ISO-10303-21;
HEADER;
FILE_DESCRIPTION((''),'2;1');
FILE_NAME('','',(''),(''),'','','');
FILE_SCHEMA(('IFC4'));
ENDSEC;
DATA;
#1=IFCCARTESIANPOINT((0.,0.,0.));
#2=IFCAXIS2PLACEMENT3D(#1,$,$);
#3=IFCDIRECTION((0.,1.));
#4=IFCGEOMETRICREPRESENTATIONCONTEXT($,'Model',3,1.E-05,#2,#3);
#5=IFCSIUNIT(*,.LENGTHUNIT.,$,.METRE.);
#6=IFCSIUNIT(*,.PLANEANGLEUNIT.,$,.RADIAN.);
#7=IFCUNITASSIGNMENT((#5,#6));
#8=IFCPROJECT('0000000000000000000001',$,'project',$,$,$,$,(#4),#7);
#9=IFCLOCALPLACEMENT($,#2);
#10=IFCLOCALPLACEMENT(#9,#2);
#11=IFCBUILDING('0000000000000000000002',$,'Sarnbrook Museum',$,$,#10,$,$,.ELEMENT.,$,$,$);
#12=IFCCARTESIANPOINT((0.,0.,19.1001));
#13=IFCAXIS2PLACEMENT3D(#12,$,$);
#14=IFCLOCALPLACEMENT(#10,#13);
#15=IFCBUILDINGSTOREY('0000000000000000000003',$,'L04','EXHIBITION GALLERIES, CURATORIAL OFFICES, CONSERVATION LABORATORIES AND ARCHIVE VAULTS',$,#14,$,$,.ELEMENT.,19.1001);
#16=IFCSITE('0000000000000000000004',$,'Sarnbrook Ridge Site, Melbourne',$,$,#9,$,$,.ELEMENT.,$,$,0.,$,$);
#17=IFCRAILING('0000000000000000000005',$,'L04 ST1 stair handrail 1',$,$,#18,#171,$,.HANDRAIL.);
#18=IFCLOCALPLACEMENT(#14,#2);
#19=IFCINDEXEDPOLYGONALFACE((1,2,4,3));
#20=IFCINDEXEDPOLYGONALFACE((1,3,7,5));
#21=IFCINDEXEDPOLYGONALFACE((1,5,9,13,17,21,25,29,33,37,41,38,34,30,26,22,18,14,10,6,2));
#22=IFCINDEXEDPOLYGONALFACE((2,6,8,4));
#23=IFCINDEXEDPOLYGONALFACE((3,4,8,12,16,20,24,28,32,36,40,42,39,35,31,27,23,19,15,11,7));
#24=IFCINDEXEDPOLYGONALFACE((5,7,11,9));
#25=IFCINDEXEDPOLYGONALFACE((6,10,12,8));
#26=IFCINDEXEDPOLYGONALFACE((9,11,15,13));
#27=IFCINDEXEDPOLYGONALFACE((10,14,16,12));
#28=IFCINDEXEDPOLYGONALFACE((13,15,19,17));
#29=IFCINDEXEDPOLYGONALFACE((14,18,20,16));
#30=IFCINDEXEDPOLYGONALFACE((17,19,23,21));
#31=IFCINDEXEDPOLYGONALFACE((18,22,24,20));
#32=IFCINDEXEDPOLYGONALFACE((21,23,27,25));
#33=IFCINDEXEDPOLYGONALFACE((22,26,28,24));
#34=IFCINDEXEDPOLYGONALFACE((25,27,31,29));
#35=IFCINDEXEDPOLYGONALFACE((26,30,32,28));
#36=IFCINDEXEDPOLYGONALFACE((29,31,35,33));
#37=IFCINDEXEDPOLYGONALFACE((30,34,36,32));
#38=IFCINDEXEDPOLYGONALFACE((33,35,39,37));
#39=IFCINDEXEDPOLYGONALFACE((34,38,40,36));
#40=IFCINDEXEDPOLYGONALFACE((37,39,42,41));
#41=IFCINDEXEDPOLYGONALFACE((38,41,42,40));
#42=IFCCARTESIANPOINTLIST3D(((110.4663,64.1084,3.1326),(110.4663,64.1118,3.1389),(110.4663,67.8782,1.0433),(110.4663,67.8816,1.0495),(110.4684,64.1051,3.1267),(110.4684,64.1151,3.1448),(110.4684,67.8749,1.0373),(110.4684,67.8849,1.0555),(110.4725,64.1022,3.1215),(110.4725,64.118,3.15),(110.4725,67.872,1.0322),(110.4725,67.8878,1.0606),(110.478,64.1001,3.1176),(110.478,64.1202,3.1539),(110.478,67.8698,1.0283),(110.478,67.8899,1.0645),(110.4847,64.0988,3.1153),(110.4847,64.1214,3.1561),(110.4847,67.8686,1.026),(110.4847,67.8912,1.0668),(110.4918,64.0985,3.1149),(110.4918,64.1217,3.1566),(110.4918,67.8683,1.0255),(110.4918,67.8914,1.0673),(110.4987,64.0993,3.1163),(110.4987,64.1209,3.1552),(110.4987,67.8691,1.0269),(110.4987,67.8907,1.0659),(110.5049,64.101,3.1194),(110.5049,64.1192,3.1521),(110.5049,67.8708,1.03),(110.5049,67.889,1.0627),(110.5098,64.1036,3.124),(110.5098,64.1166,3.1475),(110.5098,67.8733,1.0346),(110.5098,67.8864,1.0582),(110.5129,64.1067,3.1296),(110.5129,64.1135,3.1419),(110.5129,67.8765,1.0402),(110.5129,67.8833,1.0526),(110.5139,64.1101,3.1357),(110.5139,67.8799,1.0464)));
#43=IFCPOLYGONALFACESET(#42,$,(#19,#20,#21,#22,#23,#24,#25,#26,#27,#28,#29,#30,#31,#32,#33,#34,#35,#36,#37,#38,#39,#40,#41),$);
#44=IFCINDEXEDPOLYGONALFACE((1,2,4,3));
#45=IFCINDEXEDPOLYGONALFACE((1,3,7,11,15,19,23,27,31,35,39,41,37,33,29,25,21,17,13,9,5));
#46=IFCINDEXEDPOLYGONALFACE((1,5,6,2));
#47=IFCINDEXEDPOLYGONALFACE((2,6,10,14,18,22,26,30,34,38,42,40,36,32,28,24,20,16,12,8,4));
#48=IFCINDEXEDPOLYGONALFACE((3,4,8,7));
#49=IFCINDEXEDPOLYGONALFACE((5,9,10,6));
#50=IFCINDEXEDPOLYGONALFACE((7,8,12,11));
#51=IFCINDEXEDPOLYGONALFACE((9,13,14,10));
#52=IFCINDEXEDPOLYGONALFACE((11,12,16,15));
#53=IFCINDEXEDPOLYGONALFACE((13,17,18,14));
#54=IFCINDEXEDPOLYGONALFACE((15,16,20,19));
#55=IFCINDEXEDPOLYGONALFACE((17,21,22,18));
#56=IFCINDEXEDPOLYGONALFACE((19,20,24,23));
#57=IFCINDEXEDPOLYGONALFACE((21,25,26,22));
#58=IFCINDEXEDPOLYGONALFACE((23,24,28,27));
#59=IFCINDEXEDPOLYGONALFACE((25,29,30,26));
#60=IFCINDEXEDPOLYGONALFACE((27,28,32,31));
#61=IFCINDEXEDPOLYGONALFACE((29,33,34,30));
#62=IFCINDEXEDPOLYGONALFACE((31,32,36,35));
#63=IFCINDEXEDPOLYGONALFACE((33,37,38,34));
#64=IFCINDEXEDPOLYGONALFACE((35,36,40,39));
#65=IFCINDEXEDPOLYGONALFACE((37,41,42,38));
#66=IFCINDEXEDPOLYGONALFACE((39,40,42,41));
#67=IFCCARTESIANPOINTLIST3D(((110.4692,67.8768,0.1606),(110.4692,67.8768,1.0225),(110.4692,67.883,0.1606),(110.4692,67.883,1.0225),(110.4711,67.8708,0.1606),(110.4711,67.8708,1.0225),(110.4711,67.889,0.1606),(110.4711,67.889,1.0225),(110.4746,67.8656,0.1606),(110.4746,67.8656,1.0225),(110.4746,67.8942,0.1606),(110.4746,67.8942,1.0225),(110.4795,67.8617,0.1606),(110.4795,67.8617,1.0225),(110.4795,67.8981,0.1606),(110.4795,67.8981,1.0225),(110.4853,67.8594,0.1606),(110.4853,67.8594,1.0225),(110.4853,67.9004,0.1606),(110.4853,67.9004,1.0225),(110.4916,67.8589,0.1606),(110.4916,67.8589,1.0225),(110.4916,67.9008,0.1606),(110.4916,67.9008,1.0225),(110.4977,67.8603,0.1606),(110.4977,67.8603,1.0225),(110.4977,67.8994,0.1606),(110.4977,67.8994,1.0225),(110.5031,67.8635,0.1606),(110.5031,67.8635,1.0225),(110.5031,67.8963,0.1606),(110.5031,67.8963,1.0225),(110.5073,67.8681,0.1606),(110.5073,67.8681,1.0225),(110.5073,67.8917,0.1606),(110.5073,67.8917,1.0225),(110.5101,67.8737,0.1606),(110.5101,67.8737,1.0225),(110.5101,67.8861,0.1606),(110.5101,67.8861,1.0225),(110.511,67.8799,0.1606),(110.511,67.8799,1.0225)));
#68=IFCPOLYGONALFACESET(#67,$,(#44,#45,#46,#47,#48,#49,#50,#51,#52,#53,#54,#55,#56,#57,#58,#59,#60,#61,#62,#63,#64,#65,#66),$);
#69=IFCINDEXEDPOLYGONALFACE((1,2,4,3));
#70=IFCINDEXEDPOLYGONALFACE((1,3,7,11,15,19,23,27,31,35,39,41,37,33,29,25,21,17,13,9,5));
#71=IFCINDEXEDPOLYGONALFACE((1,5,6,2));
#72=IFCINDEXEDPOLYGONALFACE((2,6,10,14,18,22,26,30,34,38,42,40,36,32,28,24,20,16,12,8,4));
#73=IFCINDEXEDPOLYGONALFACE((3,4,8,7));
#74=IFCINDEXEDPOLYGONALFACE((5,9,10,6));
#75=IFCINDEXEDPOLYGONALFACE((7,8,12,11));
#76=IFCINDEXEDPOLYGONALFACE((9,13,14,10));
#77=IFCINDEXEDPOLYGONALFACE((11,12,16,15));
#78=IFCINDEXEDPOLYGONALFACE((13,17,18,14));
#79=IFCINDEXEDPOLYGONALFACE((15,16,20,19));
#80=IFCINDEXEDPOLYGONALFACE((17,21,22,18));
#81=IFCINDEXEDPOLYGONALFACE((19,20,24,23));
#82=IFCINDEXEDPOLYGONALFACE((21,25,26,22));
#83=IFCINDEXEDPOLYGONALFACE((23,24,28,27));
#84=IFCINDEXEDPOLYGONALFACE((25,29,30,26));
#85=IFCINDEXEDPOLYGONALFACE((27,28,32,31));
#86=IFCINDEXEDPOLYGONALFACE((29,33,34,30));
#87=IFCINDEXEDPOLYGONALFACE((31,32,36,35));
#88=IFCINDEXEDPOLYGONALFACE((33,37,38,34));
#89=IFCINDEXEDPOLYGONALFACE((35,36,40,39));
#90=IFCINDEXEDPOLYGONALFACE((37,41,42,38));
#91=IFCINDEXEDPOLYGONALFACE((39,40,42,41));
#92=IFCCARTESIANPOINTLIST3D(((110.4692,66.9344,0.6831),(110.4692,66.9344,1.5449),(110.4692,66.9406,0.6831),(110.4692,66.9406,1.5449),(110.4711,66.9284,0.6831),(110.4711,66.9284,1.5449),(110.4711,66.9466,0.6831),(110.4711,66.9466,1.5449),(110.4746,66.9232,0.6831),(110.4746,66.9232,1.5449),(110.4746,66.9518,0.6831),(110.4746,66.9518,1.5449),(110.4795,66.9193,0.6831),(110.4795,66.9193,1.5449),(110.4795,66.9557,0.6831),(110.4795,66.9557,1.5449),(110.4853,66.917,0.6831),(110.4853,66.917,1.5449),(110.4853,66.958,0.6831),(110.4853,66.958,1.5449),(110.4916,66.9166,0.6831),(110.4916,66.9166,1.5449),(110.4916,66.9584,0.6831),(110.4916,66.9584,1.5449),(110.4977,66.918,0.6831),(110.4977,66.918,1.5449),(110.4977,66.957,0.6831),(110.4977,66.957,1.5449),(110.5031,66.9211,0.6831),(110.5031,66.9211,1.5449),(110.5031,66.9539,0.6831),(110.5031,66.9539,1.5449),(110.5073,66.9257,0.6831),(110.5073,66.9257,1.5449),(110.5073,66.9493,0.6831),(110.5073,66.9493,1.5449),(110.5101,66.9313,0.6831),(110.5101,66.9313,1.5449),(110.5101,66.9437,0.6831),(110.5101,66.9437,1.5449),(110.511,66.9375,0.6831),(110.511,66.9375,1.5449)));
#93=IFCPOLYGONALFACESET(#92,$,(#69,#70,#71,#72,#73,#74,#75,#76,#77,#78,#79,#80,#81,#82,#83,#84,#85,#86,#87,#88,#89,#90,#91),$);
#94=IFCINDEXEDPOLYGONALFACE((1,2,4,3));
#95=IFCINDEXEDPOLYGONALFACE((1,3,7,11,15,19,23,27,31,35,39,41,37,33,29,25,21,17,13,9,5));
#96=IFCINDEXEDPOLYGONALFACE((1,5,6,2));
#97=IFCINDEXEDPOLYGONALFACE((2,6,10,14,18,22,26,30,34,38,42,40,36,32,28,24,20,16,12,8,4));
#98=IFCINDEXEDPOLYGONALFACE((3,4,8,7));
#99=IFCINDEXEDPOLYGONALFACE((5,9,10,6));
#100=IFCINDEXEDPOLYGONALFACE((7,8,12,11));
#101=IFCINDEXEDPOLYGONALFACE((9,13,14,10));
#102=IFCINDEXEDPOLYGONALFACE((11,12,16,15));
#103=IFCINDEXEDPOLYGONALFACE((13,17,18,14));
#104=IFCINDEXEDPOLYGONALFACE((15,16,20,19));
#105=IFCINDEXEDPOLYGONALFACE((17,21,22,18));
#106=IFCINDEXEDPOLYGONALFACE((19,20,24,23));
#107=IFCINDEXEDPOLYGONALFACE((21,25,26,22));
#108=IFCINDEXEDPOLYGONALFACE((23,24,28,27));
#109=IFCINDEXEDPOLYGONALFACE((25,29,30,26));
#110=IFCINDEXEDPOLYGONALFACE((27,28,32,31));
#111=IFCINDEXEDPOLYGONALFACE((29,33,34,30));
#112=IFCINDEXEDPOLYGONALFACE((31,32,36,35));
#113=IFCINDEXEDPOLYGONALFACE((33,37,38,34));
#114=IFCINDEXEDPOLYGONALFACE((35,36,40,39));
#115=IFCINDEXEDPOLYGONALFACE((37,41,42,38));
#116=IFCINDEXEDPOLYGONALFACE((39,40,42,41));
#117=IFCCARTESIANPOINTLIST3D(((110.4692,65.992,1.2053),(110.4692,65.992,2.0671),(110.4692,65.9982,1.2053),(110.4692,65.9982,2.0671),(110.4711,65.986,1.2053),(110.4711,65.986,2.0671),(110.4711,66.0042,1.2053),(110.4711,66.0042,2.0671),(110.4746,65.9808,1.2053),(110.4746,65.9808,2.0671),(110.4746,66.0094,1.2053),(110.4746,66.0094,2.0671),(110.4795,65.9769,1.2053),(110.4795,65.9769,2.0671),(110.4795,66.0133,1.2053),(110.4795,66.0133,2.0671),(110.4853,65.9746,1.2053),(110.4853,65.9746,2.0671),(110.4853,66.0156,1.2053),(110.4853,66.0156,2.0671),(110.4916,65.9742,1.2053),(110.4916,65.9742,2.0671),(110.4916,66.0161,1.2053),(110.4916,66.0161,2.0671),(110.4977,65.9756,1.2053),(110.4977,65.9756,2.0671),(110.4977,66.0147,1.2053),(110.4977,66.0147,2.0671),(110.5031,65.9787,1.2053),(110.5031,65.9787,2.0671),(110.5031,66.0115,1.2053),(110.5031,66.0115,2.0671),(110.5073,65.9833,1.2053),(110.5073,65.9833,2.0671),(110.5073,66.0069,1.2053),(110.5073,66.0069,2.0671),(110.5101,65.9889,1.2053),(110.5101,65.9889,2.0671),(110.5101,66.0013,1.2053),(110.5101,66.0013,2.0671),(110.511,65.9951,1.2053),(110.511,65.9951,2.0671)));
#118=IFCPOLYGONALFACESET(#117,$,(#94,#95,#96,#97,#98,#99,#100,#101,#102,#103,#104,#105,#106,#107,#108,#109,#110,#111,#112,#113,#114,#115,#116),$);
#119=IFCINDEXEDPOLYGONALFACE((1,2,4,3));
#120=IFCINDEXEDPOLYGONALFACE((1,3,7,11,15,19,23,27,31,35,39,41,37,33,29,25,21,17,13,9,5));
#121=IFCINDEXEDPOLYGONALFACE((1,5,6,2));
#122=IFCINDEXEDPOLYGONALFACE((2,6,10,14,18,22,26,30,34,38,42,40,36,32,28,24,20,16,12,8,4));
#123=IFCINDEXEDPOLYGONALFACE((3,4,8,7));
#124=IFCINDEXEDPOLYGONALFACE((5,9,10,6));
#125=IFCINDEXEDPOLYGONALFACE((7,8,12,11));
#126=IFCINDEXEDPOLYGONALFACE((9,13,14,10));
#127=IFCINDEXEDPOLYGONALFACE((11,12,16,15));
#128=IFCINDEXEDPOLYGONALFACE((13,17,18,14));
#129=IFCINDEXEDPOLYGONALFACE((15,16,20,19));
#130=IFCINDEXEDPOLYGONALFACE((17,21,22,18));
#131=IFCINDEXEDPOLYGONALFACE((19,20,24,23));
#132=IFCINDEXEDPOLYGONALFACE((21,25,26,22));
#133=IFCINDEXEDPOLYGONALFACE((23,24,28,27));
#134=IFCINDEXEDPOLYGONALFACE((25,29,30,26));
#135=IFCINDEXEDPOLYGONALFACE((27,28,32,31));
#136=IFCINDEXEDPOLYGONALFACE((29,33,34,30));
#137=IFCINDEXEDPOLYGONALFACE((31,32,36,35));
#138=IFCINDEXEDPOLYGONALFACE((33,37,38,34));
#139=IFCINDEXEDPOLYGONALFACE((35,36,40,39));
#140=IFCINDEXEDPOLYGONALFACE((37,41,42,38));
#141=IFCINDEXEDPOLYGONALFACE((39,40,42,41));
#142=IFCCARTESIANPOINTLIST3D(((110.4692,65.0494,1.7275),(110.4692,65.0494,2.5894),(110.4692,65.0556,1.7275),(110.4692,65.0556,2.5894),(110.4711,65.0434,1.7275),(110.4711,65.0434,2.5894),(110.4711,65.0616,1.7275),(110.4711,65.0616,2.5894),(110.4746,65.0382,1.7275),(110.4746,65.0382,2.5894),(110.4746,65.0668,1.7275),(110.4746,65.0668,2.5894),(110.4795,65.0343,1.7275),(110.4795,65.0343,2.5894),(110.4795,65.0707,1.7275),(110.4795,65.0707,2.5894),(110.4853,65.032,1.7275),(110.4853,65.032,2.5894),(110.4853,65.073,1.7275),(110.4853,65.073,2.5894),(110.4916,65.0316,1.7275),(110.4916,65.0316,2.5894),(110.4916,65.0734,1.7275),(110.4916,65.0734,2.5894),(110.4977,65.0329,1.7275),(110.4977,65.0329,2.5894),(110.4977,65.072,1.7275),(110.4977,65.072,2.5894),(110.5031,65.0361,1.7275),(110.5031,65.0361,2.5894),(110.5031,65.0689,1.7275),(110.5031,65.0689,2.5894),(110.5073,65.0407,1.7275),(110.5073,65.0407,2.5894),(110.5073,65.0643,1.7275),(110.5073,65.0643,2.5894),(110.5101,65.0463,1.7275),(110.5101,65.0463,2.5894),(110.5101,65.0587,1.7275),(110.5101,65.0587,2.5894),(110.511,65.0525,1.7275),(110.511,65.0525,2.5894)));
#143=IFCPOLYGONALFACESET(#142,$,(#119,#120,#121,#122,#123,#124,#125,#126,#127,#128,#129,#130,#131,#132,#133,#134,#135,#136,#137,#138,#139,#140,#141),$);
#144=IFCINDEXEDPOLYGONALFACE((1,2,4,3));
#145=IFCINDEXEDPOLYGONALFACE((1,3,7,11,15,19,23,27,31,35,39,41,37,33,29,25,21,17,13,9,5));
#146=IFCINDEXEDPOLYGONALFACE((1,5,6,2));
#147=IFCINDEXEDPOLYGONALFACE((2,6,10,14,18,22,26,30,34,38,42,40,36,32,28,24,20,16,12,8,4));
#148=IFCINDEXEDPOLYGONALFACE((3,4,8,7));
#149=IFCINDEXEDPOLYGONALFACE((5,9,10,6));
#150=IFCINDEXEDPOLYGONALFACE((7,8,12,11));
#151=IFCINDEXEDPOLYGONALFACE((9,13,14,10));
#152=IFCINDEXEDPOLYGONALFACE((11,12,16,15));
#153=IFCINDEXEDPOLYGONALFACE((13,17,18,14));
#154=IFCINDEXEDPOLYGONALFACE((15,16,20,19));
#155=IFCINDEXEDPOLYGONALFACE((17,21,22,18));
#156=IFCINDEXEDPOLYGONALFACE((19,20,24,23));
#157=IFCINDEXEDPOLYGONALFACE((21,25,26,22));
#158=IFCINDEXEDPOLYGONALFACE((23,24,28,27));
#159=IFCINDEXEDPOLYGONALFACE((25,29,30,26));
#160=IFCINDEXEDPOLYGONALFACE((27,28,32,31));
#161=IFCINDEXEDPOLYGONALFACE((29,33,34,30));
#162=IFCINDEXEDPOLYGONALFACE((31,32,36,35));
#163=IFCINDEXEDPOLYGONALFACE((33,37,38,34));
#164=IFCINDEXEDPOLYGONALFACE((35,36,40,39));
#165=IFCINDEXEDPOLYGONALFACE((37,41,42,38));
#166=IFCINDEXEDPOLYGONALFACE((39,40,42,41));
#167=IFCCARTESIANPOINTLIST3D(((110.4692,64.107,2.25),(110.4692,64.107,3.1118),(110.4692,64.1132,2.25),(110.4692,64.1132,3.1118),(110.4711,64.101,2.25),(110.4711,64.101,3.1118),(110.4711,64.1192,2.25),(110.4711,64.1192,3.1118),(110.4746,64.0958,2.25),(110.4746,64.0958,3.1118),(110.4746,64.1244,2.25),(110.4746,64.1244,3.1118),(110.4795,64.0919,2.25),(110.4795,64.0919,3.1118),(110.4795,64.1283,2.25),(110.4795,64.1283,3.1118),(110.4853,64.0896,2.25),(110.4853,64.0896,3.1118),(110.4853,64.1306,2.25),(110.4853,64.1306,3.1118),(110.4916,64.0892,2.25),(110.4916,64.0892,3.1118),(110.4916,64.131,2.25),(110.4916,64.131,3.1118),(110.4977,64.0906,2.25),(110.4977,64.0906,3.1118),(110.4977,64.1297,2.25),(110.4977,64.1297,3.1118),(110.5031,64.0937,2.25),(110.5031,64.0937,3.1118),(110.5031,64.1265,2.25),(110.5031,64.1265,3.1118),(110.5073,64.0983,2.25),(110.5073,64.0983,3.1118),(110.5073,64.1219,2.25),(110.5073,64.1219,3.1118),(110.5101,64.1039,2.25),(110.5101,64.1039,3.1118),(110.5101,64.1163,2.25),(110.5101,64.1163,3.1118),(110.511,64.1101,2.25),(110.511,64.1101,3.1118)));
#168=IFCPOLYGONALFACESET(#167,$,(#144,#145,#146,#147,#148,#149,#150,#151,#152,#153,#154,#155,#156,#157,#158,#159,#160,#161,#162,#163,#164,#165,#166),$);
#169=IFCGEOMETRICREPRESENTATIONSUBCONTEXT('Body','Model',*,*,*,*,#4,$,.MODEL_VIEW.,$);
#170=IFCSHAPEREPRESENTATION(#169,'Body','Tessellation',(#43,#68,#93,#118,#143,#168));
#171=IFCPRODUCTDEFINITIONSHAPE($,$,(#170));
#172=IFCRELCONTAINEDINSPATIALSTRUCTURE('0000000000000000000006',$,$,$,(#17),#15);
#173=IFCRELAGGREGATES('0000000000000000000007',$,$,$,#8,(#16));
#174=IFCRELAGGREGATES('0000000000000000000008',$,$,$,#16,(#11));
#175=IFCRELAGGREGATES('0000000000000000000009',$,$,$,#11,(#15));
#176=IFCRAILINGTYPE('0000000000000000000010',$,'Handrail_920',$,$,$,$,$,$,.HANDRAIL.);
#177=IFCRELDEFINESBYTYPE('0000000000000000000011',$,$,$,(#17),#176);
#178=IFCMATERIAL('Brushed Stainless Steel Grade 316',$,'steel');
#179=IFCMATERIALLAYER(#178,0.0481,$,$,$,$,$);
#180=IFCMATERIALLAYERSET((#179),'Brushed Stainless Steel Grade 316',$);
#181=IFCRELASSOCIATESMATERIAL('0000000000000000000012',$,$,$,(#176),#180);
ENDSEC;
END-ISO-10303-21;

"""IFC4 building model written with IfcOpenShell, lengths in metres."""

from ifc_helpers import new_model, si_unit, direction, frame, origin, origin_2d, place, context, subcontext, project, spatial, circle, extrude, material, layer, layer_set, type_object, element, save


model = new_model("IFC4")

# Units and contexts
model_context = context("Model", 3, precision=1e-05, world=origin(), true_north=direction((0.0, 1.0)))
body_context = subcontext(model_context, "Body", "Model", "MODEL_VIEW")
ifc_project = project(units=[si_unit("LENGTHUNIT", "METRE"), si_unit("PLANEANGLEUNIT", "RADIAN")], contexts=[model_context])

# Site, building, storey
site_placement = place(None, origin())
site = spatial("IfcSite", under=ifc_project, at=site_placement, Name="Sarnbrook Ridge Site, Melbourne", CompositionType="ELEMENT", RefElevation=0.0)
building_placement = place(site_placement, origin())
building = spatial("IfcBuilding", under=site, at=building_placement, Name="Sarnbrook Museum", CompositionType="ELEMENT")
storey_placement = place(building_placement, frame((0.0, 0.0, 19.1001)))
storey = spatial("IfcBuildingStorey", under=building, at=storey_placement, Name="L04", Description="EXHIBITION GALLERIES, CURATORIAL OFFICES, CONSERVATION LABORATORIES AND ARCHIVE VAULTS", CompositionType="ELEMENT", Elevation=19.1001)

# Railing
ifc_material_1 = material(Name="Brushed Stainless Steel Grade 316", Category="steel")
ifc_layer_1 = layer(ifc_material_1, 0.0481)
ifc_layer_set_1 = layer_set([ifc_layer_1], Name="Brushed Stainless Steel Grade 316")
railing_type_1 = type_object("IfcRailingType", Name="Handrail_920", PredefinedType="HANDRAIL", material=ifc_layer_set_1)
for number, where, name in (
    (1, (110.49, 67.8799, 0.1606), "L04 ST1 stair handrail 1"),
):
    element("IfcRailing", number, at=place(storey_placement, frame(where)), inside=storey, type_object=railing_type_1, Name=name, PredefinedType="HANDRAIL", context=body_context, shape_type="SweptSolid", body=[
        extrude(circle(Radius=0.0239, at=origin_2d()), frame((0.0, 0.0, 0.8857), z_axis=(0.0, -0.874646, 0.484763), x_axis=(1.0, 0.0, 0.0)), (0.0, 0.0, 1.0), 4.3101),
        extrude(circle(Radius=0.021, at=origin_2d()), origin(), (0.0, 0.0, 1.0), 0.8618),
        extrude(circle(Radius=0.021, at=origin_2d()), frame((0.0, -0.9424, 0.5225)), (0.0, 0.0, 1.0), 0.8618),
        extrude(circle(Radius=0.021, at=origin_2d()), frame((0.0, -1.8848, 1.0447)), (0.0, 0.0, 1.0), 0.8618),
        extrude(circle(Radius=0.021, at=origin_2d()), frame((0.0, -2.8274, 1.5669)), (0.0, 0.0, 1.0), 0.8618),
        extrude(circle(Radius=0.021, at=origin_2d()), frame((0.0, -3.7698, 2.0894)), (0.0, 0.0, 1.0), 0.8618),
    ])

save(model, "model.ifc")
